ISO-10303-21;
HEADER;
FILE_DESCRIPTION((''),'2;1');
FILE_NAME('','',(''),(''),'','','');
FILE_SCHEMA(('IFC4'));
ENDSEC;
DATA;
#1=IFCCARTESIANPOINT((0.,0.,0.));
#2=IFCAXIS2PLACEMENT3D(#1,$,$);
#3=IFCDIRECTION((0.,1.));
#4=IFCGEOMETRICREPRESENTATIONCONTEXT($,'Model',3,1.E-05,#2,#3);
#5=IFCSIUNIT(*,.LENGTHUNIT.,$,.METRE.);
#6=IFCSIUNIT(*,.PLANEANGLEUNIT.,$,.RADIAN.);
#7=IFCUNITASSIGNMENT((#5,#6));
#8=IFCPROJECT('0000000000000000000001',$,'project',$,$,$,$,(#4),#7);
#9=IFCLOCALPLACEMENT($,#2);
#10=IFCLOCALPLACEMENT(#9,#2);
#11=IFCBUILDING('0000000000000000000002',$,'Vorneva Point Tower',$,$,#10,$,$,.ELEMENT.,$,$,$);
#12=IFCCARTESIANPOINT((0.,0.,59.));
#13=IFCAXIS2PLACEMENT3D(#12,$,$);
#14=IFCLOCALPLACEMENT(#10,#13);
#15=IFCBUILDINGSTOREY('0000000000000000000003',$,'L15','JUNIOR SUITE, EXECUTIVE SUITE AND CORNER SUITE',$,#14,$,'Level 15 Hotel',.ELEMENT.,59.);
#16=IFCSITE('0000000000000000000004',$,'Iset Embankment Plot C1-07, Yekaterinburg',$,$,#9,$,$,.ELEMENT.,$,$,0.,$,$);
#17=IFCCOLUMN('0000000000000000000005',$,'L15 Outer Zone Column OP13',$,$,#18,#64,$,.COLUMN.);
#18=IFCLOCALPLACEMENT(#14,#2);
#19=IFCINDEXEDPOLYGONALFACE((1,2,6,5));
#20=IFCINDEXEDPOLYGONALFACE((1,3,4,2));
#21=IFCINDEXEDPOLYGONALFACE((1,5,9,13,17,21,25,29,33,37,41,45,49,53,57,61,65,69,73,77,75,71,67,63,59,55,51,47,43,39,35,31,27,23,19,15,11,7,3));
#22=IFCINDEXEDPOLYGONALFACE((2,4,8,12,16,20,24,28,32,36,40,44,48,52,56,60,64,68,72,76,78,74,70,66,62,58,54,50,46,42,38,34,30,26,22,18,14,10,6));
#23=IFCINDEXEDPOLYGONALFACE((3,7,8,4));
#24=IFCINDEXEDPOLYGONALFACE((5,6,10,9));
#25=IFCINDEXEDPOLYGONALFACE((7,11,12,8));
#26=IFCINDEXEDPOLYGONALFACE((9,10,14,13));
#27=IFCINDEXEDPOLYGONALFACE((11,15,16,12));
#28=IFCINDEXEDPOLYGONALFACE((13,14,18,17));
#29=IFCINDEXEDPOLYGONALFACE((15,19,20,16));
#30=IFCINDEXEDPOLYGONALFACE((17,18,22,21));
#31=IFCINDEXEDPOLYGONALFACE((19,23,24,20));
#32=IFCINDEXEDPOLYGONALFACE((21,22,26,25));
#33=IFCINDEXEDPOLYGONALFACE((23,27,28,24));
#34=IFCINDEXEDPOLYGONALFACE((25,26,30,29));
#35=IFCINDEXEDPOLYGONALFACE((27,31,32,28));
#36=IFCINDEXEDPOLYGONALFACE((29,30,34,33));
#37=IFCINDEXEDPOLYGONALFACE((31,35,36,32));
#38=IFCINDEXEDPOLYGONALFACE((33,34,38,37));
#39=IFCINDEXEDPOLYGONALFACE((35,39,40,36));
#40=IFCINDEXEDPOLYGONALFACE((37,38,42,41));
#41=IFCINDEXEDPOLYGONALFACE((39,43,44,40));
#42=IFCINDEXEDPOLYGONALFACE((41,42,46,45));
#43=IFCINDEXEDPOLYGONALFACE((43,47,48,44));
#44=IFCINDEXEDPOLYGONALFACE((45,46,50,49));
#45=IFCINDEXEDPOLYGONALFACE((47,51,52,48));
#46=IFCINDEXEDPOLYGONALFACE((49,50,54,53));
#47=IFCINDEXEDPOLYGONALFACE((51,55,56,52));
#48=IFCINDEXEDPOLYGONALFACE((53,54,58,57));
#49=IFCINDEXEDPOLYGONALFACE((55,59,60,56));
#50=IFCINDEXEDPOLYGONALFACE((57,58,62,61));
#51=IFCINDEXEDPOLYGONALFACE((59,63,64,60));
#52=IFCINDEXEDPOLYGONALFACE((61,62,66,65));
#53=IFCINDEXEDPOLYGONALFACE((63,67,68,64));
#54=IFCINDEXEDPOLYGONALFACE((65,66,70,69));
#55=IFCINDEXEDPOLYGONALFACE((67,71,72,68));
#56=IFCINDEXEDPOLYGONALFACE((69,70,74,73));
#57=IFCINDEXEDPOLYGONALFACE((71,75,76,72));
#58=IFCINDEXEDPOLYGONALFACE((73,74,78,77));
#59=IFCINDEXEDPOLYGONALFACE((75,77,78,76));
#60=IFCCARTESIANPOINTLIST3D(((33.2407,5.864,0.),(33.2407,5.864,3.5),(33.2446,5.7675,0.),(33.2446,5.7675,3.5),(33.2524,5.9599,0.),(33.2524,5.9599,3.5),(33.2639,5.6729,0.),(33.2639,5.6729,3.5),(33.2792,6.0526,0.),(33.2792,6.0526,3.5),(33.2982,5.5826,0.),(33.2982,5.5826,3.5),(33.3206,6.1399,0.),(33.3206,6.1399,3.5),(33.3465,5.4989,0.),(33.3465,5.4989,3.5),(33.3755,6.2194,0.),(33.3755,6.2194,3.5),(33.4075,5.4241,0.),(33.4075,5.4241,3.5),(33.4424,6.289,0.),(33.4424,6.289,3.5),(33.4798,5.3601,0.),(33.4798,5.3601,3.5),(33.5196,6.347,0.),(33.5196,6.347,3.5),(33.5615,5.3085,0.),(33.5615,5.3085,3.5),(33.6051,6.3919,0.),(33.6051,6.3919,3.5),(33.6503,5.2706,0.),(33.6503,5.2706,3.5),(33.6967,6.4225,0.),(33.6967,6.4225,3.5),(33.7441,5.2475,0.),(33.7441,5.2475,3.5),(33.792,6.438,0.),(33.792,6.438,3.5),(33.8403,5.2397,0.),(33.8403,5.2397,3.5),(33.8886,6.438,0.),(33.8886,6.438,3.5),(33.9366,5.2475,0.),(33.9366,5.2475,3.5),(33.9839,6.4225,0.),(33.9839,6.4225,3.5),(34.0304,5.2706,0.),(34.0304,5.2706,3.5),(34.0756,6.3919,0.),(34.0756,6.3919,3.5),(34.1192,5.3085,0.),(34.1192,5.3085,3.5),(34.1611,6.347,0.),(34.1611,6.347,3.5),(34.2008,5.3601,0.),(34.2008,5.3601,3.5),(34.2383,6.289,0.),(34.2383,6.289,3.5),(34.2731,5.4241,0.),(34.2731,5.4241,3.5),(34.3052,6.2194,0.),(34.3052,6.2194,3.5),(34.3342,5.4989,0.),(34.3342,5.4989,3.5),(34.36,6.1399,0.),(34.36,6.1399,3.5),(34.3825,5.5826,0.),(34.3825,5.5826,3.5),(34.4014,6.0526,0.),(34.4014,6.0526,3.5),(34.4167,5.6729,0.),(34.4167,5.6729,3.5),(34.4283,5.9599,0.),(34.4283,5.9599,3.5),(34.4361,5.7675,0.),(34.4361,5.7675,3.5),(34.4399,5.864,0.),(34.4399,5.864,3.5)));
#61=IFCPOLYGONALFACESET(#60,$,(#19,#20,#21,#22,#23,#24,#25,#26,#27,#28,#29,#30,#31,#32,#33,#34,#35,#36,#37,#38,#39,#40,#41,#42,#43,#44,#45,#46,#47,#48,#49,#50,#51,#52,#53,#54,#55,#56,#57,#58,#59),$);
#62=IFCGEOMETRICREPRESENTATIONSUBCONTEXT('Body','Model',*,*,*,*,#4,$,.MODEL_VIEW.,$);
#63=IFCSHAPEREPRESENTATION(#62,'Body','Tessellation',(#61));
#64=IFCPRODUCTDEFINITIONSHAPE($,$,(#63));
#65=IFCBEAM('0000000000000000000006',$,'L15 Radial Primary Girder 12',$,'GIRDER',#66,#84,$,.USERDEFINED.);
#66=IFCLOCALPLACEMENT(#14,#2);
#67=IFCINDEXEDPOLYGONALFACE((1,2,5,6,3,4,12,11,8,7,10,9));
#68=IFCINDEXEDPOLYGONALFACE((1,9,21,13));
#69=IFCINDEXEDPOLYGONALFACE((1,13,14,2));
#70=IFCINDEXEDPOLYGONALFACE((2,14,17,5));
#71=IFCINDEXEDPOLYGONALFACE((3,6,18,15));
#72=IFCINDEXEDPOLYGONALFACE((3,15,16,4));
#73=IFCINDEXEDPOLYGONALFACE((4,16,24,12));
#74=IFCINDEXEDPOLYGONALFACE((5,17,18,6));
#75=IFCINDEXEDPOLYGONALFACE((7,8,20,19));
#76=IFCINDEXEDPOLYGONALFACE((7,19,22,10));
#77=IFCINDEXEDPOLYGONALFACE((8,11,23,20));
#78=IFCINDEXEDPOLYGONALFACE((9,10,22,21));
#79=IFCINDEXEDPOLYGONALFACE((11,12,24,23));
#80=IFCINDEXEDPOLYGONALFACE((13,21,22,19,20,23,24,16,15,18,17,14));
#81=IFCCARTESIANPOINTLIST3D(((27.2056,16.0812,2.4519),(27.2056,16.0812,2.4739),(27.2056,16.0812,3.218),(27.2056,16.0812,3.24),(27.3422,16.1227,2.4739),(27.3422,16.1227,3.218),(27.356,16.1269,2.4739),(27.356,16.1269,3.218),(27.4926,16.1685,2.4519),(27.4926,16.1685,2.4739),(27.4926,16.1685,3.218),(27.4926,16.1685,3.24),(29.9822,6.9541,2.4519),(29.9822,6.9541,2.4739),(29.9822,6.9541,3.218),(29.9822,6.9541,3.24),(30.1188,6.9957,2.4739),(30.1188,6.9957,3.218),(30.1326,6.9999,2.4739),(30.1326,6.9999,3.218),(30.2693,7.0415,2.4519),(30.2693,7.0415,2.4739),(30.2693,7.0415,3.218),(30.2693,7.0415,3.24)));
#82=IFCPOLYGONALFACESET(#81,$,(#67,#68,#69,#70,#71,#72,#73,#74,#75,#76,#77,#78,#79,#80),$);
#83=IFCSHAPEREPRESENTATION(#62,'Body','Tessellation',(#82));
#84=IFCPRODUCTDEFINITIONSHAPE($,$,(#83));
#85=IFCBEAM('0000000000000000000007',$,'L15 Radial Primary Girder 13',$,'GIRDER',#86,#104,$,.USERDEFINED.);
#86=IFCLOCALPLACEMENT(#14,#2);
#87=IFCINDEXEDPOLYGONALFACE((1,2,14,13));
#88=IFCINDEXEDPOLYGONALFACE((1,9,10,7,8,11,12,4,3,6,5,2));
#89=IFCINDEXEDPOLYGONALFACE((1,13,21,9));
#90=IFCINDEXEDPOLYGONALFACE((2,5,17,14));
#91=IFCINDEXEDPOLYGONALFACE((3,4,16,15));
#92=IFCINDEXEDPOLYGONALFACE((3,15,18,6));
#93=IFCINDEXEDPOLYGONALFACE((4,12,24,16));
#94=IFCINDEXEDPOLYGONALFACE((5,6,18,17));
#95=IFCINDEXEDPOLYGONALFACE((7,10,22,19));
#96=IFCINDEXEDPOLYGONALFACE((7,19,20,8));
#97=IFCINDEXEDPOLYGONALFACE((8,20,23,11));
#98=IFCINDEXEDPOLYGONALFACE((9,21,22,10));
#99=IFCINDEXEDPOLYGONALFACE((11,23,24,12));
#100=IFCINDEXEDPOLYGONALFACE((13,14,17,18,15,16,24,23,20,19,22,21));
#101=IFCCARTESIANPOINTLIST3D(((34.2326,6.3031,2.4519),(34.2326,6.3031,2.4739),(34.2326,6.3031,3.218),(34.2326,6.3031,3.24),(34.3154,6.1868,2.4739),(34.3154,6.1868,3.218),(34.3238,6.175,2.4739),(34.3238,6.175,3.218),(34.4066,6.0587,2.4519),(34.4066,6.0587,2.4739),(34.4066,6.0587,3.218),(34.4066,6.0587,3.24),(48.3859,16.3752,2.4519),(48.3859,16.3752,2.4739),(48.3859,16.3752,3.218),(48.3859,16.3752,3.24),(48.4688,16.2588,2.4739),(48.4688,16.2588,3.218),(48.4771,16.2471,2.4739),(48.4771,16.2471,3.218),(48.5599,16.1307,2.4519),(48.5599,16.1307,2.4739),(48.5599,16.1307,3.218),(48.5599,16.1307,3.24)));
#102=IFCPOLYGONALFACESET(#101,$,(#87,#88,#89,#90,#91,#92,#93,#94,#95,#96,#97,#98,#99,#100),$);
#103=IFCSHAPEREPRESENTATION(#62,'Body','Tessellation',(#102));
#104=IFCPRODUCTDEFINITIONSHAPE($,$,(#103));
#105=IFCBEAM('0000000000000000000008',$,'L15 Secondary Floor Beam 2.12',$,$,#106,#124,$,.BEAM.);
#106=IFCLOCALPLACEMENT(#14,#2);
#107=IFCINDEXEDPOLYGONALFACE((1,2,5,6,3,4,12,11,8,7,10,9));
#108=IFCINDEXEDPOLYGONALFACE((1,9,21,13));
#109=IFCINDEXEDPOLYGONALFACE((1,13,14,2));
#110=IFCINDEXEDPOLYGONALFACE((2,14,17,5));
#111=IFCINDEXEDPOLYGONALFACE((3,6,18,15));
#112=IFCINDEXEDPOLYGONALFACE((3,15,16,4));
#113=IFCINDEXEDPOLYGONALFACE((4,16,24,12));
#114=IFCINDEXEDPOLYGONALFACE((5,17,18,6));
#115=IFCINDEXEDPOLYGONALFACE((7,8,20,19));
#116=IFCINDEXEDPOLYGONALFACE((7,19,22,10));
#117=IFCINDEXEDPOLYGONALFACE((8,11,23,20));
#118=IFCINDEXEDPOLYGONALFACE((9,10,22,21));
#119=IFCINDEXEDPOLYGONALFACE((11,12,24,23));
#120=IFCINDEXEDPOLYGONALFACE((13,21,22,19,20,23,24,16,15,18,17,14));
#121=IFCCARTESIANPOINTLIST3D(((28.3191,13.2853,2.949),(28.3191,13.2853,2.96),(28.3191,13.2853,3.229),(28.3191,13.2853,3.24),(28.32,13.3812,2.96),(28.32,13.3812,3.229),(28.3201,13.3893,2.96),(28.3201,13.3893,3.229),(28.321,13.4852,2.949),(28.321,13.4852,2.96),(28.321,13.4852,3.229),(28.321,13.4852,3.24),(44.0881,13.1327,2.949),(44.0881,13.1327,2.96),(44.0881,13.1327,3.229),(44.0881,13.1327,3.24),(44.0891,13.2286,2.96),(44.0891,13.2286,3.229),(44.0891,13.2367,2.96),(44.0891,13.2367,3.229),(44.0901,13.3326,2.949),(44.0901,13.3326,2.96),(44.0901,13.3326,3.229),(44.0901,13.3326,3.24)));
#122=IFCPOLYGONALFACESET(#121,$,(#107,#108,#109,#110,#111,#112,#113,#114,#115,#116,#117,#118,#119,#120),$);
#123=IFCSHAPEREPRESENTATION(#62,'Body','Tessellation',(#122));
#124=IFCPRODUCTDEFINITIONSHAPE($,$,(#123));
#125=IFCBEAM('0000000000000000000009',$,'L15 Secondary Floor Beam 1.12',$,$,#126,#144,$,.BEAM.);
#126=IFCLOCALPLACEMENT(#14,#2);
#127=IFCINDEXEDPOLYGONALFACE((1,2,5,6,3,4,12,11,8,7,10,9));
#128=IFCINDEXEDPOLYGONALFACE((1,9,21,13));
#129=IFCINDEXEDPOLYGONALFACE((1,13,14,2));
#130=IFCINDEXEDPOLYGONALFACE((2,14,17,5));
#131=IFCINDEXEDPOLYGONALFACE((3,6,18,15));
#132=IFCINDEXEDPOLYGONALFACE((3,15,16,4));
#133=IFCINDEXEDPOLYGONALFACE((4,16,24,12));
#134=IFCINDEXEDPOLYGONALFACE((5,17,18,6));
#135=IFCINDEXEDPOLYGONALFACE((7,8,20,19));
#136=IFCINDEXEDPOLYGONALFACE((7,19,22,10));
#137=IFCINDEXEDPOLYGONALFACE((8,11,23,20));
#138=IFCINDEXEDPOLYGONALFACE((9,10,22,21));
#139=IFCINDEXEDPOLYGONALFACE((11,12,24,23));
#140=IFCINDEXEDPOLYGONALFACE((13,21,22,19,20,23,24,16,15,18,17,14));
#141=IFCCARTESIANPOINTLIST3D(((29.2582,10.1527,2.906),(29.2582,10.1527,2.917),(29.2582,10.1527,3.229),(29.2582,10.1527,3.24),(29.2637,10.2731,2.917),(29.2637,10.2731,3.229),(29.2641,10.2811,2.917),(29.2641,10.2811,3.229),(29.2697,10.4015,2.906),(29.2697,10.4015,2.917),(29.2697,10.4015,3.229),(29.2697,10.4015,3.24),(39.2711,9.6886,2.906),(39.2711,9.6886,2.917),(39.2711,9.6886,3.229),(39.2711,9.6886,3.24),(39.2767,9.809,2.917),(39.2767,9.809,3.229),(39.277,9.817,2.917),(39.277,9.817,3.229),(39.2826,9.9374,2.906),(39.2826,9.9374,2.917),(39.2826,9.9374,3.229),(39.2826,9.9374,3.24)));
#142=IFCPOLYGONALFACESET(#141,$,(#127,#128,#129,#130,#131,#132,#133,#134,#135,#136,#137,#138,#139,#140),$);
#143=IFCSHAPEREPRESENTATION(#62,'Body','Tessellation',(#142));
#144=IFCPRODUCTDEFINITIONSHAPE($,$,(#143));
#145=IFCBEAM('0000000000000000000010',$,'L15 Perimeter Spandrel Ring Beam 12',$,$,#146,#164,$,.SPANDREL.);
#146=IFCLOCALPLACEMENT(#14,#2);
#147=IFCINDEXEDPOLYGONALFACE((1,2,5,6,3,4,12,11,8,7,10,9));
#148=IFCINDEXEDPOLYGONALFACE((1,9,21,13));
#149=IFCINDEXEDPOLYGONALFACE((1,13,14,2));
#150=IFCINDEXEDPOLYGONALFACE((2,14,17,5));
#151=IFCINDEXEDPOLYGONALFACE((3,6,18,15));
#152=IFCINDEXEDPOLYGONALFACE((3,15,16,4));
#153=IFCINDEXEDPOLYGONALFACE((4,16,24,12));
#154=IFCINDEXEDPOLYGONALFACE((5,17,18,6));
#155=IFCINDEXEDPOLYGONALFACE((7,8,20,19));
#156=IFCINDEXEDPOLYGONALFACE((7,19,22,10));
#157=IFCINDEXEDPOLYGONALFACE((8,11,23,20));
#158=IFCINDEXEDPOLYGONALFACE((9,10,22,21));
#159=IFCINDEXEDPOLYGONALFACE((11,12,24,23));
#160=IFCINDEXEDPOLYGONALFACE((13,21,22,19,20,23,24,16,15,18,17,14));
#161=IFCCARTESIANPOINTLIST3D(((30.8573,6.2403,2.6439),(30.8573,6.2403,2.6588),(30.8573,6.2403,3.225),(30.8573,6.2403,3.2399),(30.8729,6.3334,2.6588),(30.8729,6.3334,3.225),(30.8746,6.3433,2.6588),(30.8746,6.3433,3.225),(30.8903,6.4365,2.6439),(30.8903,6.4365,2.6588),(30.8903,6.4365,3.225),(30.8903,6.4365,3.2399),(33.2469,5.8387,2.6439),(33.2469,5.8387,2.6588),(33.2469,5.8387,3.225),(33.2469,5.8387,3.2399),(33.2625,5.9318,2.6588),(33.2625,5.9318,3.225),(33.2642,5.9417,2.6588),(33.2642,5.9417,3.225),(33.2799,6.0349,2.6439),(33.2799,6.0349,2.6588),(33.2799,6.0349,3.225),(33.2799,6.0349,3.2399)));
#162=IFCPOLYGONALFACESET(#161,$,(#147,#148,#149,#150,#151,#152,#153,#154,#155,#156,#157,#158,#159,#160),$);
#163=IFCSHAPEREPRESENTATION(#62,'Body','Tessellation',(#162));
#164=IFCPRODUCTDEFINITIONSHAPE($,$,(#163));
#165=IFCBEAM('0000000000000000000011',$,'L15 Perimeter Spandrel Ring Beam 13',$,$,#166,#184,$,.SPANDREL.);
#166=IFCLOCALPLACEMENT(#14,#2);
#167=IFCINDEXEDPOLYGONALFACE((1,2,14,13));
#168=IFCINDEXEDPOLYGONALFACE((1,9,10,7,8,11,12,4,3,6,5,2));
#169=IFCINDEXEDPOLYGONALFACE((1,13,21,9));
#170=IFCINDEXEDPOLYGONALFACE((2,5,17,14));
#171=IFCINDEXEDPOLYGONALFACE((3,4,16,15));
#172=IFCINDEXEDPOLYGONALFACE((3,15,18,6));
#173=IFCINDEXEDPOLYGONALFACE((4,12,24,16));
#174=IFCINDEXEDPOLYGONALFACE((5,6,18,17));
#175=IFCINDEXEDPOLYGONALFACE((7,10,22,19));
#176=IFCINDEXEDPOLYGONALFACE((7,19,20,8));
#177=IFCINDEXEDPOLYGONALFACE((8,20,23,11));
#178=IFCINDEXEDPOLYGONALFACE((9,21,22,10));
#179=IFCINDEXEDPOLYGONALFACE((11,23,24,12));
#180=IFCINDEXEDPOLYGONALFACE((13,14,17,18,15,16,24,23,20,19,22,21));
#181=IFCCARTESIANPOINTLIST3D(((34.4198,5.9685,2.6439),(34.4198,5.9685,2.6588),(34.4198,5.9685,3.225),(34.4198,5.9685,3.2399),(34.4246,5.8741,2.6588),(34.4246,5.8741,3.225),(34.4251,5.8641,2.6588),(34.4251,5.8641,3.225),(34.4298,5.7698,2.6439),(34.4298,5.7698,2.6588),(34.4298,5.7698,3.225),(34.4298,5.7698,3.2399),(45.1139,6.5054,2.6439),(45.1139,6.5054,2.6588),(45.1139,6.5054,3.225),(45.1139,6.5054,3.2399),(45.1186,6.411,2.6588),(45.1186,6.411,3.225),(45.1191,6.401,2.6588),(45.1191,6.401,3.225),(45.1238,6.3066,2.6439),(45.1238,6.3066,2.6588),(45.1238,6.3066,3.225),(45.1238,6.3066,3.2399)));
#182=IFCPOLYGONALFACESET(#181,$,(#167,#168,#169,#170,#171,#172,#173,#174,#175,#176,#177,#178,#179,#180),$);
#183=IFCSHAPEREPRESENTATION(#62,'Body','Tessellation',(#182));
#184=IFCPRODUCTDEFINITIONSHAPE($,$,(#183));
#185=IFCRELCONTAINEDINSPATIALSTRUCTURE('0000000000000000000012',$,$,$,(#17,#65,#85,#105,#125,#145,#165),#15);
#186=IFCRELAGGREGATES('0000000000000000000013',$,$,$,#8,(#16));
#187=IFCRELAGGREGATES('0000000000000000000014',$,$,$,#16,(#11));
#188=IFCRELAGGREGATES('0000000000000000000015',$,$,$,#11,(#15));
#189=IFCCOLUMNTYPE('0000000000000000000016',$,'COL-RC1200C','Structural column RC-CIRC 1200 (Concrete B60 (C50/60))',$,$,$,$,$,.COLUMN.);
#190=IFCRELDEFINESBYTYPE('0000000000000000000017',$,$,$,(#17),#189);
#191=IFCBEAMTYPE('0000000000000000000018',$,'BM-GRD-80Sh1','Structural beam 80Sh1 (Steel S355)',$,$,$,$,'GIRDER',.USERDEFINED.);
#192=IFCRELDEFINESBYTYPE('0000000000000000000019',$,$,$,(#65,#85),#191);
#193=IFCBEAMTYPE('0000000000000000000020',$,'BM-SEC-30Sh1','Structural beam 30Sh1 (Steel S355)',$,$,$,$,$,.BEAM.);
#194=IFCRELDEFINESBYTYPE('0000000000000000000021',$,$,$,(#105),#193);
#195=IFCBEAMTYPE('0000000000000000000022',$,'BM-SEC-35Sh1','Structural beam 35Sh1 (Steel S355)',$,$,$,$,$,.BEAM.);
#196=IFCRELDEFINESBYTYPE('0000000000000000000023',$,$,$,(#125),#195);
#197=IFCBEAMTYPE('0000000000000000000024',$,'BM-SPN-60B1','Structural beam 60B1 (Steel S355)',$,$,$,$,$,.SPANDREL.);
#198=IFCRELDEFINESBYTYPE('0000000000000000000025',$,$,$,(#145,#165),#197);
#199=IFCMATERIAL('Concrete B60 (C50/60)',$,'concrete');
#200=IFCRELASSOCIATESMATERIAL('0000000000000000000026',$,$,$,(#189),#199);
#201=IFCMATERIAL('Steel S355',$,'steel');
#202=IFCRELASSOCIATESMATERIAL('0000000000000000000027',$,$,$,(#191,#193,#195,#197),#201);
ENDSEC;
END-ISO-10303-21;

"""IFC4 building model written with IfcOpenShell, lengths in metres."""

from ifc_helpers import new_model, si_unit, direction, frame, origin, origin_2d, place, context, subcontext, project, spatial, circle, i_section, extrude, material, material_profile, profile_set, type_object, element, save


model = new_model("IFC4")

# Units and contexts
model_context = context("Model", 3, precision=1e-05, world=origin(), true_north=direction((0.0, 1.0)))
body_context = subcontext(model_context, "Body", "Model", "MODEL_VIEW")
ifc_project = project(units=[si_unit("LENGTHUNIT", "METRE"), si_unit("PLANEANGLEUNIT", "RADIAN")], contexts=[model_context])

# Site, building, storey
site_placement = place(None, origin())
site = spatial("IfcSite", under=ifc_project, at=site_placement, Name="Iset Embankment Plot C1-07, Yekaterinburg", CompositionType="ELEMENT", RefElevation=0.0)
building_placement = place(site_placement, origin())
building = spatial("IfcBuilding", under=site, at=building_placement, Name="Vorneva Point Tower", CompositionType="ELEMENT")
storey_placement = place(building_placement, frame((0.0, 0.0, 59.0)))
storey = spatial("IfcBuildingStorey", under=building, at=storey_placement, Name="L15", Description="JUNIOR SUITE, EXECUTIVE SUITE AND CORNER SUITE", LongName="Level 15 Hotel", CompositionType="ELEMENT", Elevation=59.0)

# Column
ifc_material_1 = material(Name="Concrete B60 (C50/60)", Category="concrete")
ifc_material_profile_1 = material_profile(ifc_material_1, circle(Radius=0.6001, at=origin_2d()), Name="RC-CIRC 1200")
ifc_profile_set_1 = profile_set([ifc_material_profile_1], Name="Concrete B60 (C50/60)")
column_type = type_object("IfcColumnType", Name="COL-RC1200C", Description="Structural column RC-CIRC 1200 (Concrete B60 (C50/60))", PredefinedType="COLUMN", material=ifc_profile_set_1)
for number, where, z_axis, x_axis, name in (
    (1, (33.8403, 5.8398, 0.0), (0.0, 0.0, 1.0), (0.0, -1.0, 0.0), "L15 Outer Zone Column OP13"),
):
    element("IfcColumn", number, at=place(storey_placement, frame(where, z_axis=z_axis, x_axis=x_axis)), inside=storey, type_object=column_type, Name=name, PredefinedType="COLUMN", context=body_context, shape_type="SweptSolid", body=[
        extrude(circle(Radius=0.6001, at=origin_2d()), origin(), (0.0, 0.0, 1.0), 3.5),
    ])

# Beams
ifc_material_2 = material(Name="Steel S355", Category="steel")
ifc_material_profile_2 = material_profile(ifc_material_2, i_section(OverallWidth=0.3, OverallDepth=0.7881, WebThickness=0.0144, FlangeThickness=0.022, at=origin_2d()), Name="80Sh1")
ifc_profile_set_2 = profile_set([ifc_material_profile_2], Name="Steel S355")
beam_type_1 = type_object("IfcBeamType", Name="BM-GRD-80Sh1", Description="Structural beam 80Sh1 (Steel S355)", ElementType="GIRDER", PredefinedType="USERDEFINED", material=ifc_profile_set_2)
beam_1_placement = place(storey_placement, frame((30.1257, 6.9978, 2.8459), z_axis=(-0.291051, 0.956708, 0.0), x_axis=(-0.956708, -0.291051, 0.0)))
element("IfcBeam", 2, at=beam_1_placement, inside=storey, type_object=beam_type_1, Name="L15 Radial Primary Girder 12", ObjectType="GIRDER", PredefinedType="USERDEFINED", context=body_context, shape_type="SweptSolid", body=[
    extrude(i_section(OverallWidth=0.3, OverallDepth=0.7881, WebThickness=0.0144, FlangeThickness=0.022, at=origin_2d()), origin(), (0.0, 0.0, 1.0), 9.54),
])
beam_2_placement = place(storey_placement, frame((34.3196, 6.1809, 2.8459), z_axis=(0.814753, 0.579808, 0.0), x_axis=(-0.579808, 0.814753, 0.0)))
element("IfcBeam", 3, at=beam_2_placement, inside=storey, type_object=beam_type_1, Name="L15 Radial Primary Girder 13", ObjectType="GIRDER", PredefinedType="USERDEFINED", context=body_context, shape_type="SweptSolid", body=[
    extrude(i_section(OverallWidth=0.3, OverallDepth=0.7881, WebThickness=0.0144, FlangeThickness=0.022, at=origin_2d()), origin(), (0.0, 0.0, 1.0), 17.3713),
])
ifc_material_profile_3 = material_profile(ifc_material_2, i_section(OverallWidth=0.2, OverallDepth=0.291, WebThickness=0.0081, FlangeThickness=0.011, at=origin_2d()), Name="30Sh1")
ifc_profile_set_3 = profile_set([ifc_material_profile_3], Name="Steel S355")
beam_type_2 = type_object("IfcBeamType", Name="BM-SEC-30Sh1", Description="Structural beam 30Sh1 (Steel S355)", PredefinedType="BEAM", material=ifc_profile_set_3)
beam_3_placement = place(storey_placement, frame((28.3201, 13.3853, 3.0945), z_axis=(0.999953, -0.009676, 0.0), x_axis=(0.009676, 0.999953, 0.0)))
element("IfcBeam", 4, at=beam_3_placement, inside=storey, type_object=beam_type_2, Name="L15 Secondary Floor Beam 2.12", PredefinedType="BEAM", context=body_context, shape_type="SweptSolid", body=[
    extrude(i_section(OverallWidth=0.2, OverallDepth=0.291, WebThickness=0.0081, FlangeThickness=0.011, at=origin_2d()), origin(), (0.0, 0.0, 1.0), 15.7698),
])
ifc_material_profile_4 = material_profile(ifc_material_2, i_section(OverallWidth=0.249, OverallDepth=0.334, WebThickness=0.0081, FlangeThickness=0.011, at=origin_2d()), Name="35Sh1")
ifc_profile_set_4 = profile_set([ifc_material_profile_4], Name="Steel S355")
beam_type_3 = type_object("IfcBeamType", Name="BM-SEC-35Sh1", Description="Structural beam 35Sh1 (Steel S355)", PredefinedType="BEAM", material=ifc_profile_set_4)
beam_4_placement = place(storey_placement, frame((29.2639, 10.2771, 3.073), z_axis=(0.998928, -0.046301, 0.0), x_axis=(0.046301, 0.998928, 0.0)))
element("IfcBeam", 5, at=beam_4_placement, inside=storey, type_object=beam_type_3, Name="L15 Secondary Floor Beam 1.12", PredefinedType="BEAM", context=body_context, shape_type="SweptSolid", body=[
    extrude(i_section(OverallWidth=0.249, OverallDepth=0.334, WebThickness=0.0081, FlangeThickness=0.011, at=origin_2d()), origin(), (0.0, 0.0, 1.0), 10.0237),
])
ifc_material_profile_5 = material_profile(ifc_material_2, i_section(OverallWidth=0.199, OverallDepth=0.5959, WebThickness=0.01, FlangeThickness=0.0149, at=origin_2d()), Name="60B1")
ifc_profile_set_5 = profile_set([ifc_material_profile_5], Name="Steel S355")
beam_type_4 = type_object("IfcBeamType", Name="BM-SPN-60B1", Description="Structural beam 60B1 (Steel S355)", PredefinedType="SPANDREL", material=ifc_profile_set_5)
beam_5_placement = place(storey_placement, frame((30.8738, 6.3384, 2.9419), z_axis=(0.98617, -0.165739, 0.0), x_axis=(0.165739, 0.98617, 0.0)))
element("IfcBeam", 6, at=beam_5_placement, inside=storey, type_object=beam_type_4, Name="L15 Perimeter Spandrel Ring Beam 12", PredefinedType="SPANDREL", context=body_context, shape_type="SweptSolid", body=[
    extrude(i_section(OverallWidth=0.199, OverallDepth=0.5959, WebThickness=0.01, FlangeThickness=0.0149, at=origin_2d()), origin(), (0.0, 0.0, 1.0), 2.4231),
])
beam_6_placement = place(storey_placement, frame((34.4248, 5.8691, 2.9419), z_axis=(0.998742, 0.050139, 0.0), x_axis=(-0.050139, 0.998742, 0.0)))
element("IfcBeam", 7, at=beam_6_placement, inside=storey, type_object=beam_type_4, Name="L15 Perimeter Spandrel Ring Beam 13", PredefinedType="SPANDREL", context=body_context, shape_type="SweptSolid", body=[
    extrude(i_section(OverallWidth=0.199, OverallDepth=0.5959, WebThickness=0.01, FlangeThickness=0.0149, at=origin_2d()), origin(), (0.0, 0.0, 1.0), 10.7075),
])

save(model, "model.ifc")
